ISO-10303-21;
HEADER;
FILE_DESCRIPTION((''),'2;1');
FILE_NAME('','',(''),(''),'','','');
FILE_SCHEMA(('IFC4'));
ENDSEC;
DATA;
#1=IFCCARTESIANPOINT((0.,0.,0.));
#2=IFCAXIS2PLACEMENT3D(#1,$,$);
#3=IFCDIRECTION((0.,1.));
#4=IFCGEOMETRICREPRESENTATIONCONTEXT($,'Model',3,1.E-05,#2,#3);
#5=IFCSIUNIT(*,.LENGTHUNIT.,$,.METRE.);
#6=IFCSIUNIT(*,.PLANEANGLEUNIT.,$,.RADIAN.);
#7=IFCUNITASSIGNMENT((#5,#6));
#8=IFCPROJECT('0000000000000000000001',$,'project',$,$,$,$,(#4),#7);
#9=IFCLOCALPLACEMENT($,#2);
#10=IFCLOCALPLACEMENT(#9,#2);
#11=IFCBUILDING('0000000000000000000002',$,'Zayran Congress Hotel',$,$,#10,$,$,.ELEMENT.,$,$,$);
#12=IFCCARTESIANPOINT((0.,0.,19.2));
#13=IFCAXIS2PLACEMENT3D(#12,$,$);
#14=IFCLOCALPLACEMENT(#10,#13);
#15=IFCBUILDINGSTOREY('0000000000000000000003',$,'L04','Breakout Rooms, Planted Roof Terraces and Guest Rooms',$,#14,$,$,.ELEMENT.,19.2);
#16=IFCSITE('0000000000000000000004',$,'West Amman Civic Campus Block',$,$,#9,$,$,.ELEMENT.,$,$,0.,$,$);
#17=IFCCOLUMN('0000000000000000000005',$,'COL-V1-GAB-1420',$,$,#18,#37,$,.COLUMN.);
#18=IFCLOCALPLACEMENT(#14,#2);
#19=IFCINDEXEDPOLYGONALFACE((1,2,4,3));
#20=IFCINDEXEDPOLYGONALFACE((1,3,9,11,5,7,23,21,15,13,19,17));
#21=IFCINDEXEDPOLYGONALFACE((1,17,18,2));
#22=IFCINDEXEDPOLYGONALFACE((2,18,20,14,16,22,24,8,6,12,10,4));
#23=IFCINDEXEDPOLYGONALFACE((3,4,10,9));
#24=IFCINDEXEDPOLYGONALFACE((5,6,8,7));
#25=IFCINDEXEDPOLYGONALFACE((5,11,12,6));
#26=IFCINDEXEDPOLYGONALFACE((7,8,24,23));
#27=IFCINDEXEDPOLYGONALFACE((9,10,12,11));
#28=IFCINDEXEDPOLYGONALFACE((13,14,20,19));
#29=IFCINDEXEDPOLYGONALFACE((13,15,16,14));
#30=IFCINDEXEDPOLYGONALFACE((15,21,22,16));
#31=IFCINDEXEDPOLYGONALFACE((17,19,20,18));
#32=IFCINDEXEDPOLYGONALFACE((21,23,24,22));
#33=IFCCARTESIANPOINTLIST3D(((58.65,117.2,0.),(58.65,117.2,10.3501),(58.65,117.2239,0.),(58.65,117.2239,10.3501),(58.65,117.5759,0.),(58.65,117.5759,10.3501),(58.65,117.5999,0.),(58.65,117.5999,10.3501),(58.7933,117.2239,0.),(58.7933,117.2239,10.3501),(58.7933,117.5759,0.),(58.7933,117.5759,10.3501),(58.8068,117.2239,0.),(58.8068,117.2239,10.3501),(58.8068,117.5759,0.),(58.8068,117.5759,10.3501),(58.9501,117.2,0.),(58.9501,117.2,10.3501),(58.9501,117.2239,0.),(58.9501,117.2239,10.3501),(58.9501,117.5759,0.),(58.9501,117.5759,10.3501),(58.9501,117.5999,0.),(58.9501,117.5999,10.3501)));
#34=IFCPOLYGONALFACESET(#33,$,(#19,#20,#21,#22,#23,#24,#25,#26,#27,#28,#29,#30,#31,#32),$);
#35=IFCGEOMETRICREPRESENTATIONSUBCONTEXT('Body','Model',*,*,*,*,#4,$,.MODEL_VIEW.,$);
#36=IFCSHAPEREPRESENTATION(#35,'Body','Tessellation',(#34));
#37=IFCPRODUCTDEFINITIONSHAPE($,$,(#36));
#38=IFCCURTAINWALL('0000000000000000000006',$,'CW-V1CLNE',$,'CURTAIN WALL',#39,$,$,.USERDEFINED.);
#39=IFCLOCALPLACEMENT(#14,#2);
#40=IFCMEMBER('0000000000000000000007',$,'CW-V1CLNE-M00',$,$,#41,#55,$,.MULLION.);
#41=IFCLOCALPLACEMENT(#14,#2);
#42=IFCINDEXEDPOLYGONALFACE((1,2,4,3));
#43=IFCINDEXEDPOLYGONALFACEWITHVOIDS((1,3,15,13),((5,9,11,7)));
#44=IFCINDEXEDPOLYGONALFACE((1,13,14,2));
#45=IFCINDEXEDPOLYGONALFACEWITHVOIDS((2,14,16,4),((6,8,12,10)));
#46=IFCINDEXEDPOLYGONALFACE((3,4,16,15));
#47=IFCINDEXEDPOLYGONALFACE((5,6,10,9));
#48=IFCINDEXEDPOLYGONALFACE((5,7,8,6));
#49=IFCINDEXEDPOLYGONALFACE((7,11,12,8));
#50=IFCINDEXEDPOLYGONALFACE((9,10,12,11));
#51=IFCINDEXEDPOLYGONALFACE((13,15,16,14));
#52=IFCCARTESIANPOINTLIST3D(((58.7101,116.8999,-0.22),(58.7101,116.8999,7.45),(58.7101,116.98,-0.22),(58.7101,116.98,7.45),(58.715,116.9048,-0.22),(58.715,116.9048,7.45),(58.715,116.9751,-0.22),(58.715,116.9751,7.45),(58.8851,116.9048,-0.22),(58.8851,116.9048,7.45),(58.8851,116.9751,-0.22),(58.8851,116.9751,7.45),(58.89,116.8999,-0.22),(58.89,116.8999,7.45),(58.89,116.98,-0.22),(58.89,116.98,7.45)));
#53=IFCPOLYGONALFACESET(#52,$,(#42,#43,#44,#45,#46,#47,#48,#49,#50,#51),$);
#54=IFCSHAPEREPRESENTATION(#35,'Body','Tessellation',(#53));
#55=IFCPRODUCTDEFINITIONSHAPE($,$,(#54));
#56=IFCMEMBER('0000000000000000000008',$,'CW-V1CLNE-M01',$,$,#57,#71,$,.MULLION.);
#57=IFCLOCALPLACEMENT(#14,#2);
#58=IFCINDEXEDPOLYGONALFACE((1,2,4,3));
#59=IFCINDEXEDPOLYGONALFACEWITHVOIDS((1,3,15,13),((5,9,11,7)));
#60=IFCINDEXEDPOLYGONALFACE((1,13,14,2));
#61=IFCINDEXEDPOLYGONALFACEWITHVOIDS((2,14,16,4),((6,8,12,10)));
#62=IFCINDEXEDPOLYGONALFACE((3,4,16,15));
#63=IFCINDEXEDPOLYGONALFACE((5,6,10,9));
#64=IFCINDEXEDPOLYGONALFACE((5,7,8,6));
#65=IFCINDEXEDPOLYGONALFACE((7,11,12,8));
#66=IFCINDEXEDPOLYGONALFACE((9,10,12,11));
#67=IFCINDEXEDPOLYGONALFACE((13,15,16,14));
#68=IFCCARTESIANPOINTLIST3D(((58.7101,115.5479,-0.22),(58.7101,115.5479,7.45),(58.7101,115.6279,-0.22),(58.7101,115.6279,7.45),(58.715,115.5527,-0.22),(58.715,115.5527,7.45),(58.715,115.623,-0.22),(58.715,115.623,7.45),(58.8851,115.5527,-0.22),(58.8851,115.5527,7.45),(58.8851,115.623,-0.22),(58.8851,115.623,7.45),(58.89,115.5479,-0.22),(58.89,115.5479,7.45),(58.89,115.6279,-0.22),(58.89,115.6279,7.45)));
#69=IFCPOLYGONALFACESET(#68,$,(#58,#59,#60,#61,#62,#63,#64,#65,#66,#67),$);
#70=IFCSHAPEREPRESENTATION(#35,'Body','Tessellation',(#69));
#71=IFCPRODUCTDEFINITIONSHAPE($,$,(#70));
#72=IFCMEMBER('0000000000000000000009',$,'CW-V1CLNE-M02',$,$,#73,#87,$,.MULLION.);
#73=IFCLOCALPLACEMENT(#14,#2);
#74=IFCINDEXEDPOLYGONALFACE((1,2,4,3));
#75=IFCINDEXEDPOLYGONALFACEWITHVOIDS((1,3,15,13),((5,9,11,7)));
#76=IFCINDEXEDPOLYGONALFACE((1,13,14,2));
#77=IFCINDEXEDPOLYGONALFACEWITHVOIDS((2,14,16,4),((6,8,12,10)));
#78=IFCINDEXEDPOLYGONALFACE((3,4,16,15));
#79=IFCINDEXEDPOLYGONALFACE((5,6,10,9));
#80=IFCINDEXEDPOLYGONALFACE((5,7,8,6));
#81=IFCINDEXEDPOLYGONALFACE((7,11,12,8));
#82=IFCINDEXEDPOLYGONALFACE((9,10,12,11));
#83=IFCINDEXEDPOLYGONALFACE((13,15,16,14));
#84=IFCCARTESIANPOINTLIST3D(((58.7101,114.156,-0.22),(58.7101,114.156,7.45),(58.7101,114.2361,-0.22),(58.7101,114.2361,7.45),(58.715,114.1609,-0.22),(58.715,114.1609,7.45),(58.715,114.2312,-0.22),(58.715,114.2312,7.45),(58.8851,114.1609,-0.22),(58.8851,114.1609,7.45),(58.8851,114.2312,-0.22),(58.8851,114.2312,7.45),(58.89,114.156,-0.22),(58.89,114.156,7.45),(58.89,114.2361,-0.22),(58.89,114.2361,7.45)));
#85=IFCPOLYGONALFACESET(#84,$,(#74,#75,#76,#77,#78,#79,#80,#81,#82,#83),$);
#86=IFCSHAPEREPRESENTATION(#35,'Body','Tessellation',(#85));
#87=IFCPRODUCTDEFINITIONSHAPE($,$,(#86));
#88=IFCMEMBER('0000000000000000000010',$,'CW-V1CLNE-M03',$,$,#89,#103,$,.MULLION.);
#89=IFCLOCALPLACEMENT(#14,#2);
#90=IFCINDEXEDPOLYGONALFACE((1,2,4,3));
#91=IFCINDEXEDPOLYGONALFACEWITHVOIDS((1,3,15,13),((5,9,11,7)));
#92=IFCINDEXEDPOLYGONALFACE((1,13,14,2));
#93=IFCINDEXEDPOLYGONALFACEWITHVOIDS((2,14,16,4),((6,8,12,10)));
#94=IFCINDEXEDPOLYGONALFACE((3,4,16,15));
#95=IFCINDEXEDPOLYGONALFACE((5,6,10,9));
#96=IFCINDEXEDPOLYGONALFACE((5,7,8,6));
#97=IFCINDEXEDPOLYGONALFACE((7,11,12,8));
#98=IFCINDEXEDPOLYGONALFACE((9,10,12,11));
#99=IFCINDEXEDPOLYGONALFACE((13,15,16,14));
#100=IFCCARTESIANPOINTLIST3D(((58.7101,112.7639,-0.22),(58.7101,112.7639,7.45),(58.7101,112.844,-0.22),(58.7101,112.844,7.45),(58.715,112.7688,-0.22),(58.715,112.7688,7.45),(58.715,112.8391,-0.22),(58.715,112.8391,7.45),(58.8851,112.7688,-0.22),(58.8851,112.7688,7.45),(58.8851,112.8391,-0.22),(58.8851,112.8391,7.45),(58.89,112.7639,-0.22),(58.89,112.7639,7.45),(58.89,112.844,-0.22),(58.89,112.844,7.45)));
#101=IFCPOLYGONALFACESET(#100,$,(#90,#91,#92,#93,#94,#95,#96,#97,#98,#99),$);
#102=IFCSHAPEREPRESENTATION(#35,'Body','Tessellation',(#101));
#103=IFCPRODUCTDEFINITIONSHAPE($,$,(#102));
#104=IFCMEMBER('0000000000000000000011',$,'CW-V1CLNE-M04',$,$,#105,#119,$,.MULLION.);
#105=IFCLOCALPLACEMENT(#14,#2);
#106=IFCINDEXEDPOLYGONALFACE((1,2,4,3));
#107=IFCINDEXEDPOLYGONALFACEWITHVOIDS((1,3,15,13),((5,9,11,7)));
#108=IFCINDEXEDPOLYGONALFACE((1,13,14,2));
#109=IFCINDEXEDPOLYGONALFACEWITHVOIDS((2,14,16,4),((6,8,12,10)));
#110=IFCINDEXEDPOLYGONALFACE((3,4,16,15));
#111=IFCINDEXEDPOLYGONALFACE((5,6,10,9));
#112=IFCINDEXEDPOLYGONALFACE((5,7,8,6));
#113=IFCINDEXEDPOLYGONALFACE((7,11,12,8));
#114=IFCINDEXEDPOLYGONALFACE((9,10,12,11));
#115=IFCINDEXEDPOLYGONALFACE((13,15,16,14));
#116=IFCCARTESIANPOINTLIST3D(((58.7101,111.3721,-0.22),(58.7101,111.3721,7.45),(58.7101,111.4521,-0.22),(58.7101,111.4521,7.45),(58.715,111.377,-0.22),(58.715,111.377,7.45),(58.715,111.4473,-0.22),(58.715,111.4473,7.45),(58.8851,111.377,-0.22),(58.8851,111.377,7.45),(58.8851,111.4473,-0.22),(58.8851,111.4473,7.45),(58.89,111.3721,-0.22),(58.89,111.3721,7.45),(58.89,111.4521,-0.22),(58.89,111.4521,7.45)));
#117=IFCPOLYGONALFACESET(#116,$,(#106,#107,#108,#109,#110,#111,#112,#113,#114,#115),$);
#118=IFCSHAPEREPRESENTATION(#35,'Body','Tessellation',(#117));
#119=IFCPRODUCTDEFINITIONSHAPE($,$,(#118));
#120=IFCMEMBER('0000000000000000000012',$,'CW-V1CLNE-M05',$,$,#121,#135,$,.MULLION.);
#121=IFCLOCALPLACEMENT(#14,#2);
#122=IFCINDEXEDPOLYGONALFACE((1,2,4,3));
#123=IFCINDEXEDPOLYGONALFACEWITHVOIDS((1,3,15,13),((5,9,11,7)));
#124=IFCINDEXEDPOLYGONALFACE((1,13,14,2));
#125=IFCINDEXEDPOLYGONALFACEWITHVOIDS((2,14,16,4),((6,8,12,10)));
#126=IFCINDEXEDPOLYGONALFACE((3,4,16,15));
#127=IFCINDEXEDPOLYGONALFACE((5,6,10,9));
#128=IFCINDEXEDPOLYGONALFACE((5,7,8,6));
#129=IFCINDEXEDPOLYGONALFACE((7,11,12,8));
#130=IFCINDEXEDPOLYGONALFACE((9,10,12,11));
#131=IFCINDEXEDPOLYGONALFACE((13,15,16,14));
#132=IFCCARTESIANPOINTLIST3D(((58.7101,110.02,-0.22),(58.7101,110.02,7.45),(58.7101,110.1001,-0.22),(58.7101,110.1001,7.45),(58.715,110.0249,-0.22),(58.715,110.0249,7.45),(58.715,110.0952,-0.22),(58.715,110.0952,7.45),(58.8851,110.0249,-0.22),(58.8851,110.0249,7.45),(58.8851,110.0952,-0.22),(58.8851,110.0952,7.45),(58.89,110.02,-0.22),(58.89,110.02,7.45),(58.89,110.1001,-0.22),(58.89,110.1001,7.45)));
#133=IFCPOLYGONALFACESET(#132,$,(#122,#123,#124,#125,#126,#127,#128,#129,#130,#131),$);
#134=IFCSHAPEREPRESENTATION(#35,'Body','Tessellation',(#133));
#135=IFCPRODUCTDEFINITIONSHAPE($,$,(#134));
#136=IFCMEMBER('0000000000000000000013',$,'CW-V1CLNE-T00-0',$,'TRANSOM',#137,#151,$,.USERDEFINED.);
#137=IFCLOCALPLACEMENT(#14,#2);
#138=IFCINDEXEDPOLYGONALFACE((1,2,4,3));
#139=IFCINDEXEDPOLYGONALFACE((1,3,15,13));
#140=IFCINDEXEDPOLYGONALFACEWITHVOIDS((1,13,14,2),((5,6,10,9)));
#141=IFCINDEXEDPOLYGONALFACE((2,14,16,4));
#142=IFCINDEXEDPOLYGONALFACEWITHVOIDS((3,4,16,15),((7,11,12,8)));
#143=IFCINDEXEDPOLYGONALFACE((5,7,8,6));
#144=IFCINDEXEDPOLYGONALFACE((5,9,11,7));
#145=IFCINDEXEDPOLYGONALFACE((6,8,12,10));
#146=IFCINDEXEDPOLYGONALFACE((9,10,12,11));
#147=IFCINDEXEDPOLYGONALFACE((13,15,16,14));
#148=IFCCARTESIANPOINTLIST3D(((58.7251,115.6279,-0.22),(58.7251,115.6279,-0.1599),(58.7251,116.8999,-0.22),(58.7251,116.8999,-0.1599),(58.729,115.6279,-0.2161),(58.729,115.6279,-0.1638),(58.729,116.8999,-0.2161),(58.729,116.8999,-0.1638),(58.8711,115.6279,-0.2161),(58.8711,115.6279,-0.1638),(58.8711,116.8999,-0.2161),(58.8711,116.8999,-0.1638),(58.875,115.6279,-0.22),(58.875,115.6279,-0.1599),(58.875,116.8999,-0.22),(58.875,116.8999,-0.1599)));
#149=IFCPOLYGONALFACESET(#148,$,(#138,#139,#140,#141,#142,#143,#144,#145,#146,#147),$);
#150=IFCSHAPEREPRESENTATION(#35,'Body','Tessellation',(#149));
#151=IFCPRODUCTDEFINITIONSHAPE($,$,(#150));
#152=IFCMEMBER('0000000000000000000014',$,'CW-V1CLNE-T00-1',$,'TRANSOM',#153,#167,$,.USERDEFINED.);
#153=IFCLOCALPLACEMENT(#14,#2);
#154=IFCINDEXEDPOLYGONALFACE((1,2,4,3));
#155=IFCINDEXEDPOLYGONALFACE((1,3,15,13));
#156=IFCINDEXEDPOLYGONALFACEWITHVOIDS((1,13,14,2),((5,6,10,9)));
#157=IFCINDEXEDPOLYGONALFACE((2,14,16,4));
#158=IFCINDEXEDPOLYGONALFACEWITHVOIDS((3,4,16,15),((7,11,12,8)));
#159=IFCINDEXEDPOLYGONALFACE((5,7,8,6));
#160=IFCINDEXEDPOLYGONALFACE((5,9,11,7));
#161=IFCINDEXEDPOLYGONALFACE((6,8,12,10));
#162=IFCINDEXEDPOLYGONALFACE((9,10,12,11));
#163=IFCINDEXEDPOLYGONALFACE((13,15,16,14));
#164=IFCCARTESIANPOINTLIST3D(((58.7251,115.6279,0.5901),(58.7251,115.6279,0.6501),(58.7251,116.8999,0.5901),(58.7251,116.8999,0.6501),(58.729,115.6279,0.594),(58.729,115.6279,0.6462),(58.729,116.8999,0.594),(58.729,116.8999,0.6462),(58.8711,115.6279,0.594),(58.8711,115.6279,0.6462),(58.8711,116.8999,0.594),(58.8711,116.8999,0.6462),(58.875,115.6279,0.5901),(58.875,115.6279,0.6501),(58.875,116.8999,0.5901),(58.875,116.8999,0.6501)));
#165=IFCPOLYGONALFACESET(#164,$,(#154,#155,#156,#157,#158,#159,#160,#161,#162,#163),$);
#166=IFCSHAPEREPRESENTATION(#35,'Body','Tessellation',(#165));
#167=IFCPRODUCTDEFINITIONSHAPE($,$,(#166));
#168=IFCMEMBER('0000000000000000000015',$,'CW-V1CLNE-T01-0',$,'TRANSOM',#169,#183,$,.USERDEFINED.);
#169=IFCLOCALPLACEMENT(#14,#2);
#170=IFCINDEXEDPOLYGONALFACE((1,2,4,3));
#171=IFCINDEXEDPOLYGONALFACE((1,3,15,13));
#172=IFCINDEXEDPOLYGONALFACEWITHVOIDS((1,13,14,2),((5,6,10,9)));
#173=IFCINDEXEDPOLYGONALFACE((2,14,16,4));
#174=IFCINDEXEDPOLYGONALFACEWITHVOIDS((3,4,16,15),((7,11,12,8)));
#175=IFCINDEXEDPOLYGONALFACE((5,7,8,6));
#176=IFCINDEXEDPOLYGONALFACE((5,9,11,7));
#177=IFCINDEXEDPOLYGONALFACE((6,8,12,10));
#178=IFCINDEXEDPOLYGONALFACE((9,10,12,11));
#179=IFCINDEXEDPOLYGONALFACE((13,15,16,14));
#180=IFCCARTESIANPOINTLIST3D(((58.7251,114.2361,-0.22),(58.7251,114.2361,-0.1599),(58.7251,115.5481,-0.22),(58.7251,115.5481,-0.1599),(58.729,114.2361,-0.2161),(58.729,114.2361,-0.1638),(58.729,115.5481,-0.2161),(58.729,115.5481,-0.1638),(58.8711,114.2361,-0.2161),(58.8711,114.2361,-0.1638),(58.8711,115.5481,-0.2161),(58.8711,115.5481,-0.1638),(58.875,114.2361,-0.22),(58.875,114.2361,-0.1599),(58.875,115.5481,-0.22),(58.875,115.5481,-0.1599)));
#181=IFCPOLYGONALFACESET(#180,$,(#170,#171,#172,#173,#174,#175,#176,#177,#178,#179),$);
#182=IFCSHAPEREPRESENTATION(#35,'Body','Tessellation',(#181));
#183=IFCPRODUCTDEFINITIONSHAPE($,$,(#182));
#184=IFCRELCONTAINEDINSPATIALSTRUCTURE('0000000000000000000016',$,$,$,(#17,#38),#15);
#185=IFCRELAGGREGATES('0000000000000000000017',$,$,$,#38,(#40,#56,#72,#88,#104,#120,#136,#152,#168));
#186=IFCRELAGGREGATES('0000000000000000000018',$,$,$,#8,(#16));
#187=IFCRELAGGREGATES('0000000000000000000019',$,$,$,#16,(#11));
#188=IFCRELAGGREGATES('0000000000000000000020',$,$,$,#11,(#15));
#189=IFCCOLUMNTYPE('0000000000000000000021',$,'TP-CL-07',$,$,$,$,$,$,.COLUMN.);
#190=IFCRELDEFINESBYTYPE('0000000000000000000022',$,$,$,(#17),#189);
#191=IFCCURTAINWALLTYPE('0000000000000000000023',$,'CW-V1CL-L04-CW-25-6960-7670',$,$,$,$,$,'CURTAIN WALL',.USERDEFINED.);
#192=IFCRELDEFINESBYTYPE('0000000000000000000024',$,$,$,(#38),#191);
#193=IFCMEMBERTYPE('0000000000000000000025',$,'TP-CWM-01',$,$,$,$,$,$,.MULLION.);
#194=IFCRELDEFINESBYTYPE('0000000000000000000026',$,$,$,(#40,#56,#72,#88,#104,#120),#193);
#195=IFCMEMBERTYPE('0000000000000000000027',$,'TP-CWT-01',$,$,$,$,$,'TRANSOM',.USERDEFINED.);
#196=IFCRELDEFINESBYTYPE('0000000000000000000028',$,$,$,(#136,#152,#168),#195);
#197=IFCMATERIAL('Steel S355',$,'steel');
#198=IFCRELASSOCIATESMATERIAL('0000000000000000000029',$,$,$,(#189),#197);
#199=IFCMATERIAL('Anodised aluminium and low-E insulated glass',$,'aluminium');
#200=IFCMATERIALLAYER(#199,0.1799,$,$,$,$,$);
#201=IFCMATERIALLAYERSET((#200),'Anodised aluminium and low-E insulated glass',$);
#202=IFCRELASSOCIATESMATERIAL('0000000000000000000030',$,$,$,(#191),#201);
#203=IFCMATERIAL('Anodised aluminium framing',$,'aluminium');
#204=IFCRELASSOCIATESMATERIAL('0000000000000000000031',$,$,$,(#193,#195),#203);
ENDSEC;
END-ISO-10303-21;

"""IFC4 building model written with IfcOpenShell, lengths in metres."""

from ifc_helpers import new_model, si_unit, direction, frame, origin, origin_2d, place, context, subcontext, project, spatial, hollow_rectangle, i_section, extrude, material, layer, layer_set, material_profile, profile_set, type_object, element, aggregate, save


model = new_model("IFC4")

# Units and contexts
model_context = context("Model", 3, precision=1e-05, world=origin(), true_north=direction((0.0, 1.0)))
body_context = subcontext(model_context, "Body", "Model", "MODEL_VIEW")
ifc_project = project(units=[si_unit("LENGTHUNIT", "METRE"), si_unit("PLANEANGLEUNIT", "RADIAN")], contexts=[model_context])

# Site, building, storey
site_placement = place(None, origin())
site = spatial("IfcSite", under=ifc_project, at=site_placement, Name="West Amman Civic Campus Block", CompositionType="ELEMENT", RefElevation=0.0)
building_placement = place(site_placement, origin())
building = spatial("IfcBuilding", under=site, at=building_placement, Name="Zayran Congress Hotel", CompositionType="ELEMENT")
storey_placement = place(building_placement, frame((0.0, 0.0, 19.2)))
storey = spatial("IfcBuildingStorey", under=building, at=storey_placement, Name="L04", Description="Breakout Rooms, Planted Roof Terraces and Guest Rooms", CompositionType="ELEMENT", Elevation=19.2)

# Column
ifc_material_1 = material(Name="Steel S355", Category="steel")
ifc_material_profile_1 = material_profile(ifc_material_1, i_section(OverallWidth=0.3, OverallDepth=0.3999, WebThickness=0.0134, FlangeThickness=0.0239, at=origin_2d()), Name="HEB 400")
ifc_profile_set_1 = profile_set([ifc_material_profile_1], Name="Steel S355")
column_type = type_object("IfcColumnType", Name="TP-CL-07", PredefinedType="COLUMN", material=ifc_profile_set_1)
column_placement = place(storey_placement, frame((58.8, 117.3999, 0.0), z_axis=(0.0, 0.0, 1.0), x_axis=(1.0, 0.0, 0.0)))
element("IfcColumn", 1, at=column_placement, inside=storey, type_object=column_type, Name="COL-V1-GAB-1420", PredefinedType="COLUMN", context=body_context, shape_type="SweptSolid", body=[
    extrude(i_section(OverallWidth=0.3, OverallDepth=0.3999, WebThickness=0.0134, FlangeThickness=0.0239, at=origin_2d()), origin(), (0.0, 0.0, 1.0), 10.3501),
])

# Curtain wall, members
ifc_material_2 = material(Name="Anodised aluminium and low-E insulated glass", Category="aluminium")
ifc_layer_1 = layer(ifc_material_2, 0.1799)
ifc_layer_set_1 = layer_set([ifc_layer_1], Name="Anodised aluminium and low-E insulated glass")
curtain_wall_type = type_object("IfcCurtainWallType", Name="CW-V1CL-L04-CW-25-6960-7670", ElementType="CURTAIN WALL", PredefinedType="USERDEFINED", material=ifc_layer_set_1)
curtain_wall_placement = place(storey_placement, origin())
curtain_wall = element("IfcCurtainWall", 2, at=curtain_wall_placement, inside=storey, type_object=curtain_wall_type, Name="CW-V1CLNE", ObjectType="CURTAIN WALL", PredefinedType="USERDEFINED")
ifc_material_3 = material(Name="Anodised aluminium framing", Category="aluminium")
ifc_material_profile_2 = material_profile(ifc_material_3, hollow_rectangle(XDim=0.0801, YDim=0.1799, WallThickness=0.0049, at=origin_2d()), Name="RHS 180x80x5")
ifc_profile_set_2 = profile_set([ifc_material_profile_2], Name="Anodised aluminium framing")
member_type_1 = type_object("IfcMemberType", Name="TP-CWM-01", PredefinedType="MULLION", material=ifc_profile_set_2)
member_1_placement = place(storey_placement, frame((58.8, 116.9399, -0.22), z_axis=(0.0, 0.0, 1.0), x_axis=(0.0, 1.0, 0.0)))
member_1 = element("IfcMember", 3, at=member_1_placement, type_object=member_type_1, Name="CW-V1CLNE-M00", PredefinedType="MULLION", context=body_context, shape_type="SweptSolid", body=[
    extrude(hollow_rectangle(XDim=0.0801, YDim=0.1799, WallThickness=0.0049, at=origin_2d()), origin(), (0.0, 0.0, 1.0), 7.6699),
])
member_2_placement = place(storey_placement, frame((58.8, 115.5879, -0.22), z_axis=(0.0, 0.0, 1.0), x_axis=(0.0, 1.0, 0.0)))
member_2 = element("IfcMember", 4, at=member_2_placement, type_object=member_type_1, Name="CW-V1CLNE-M01", PredefinedType="MULLION", context=body_context, shape_type="SweptSolid", body=[
    extrude(hollow_rectangle(XDim=0.0801, YDim=0.1799, WallThickness=0.0049, at=origin_2d()), origin(), (0.0, 0.0, 1.0), 7.6699),
])
member_3_placement = place(storey_placement, frame((58.8, 114.196, -0.22), z_axis=(0.0, 0.0, 1.0), x_axis=(0.0, 1.0, 0.0)))
member_3 = element("IfcMember", 5, at=member_3_placement, type_object=member_type_1, Name="CW-V1CLNE-M02", PredefinedType="MULLION", context=body_context, shape_type="SweptSolid", body=[
    extrude(hollow_rectangle(XDim=0.0801, YDim=0.1799, WallThickness=0.0049, at=origin_2d()), origin(), (0.0, 0.0, 1.0), 7.6699),
])
member_4_placement = place(storey_placement, frame((58.8, 112.804, -0.22), z_axis=(0.0, 0.0, 1.0), x_axis=(0.0, 1.0, 0.0)))
member_4 = element("IfcMember", 6, at=member_4_placement, type_object=member_type_1, Name="CW-V1CLNE-M03", PredefinedType="MULLION", context=body_context, shape_type="SweptSolid", body=[
    extrude(hollow_rectangle(XDim=0.0801, YDim=0.1799, WallThickness=0.0049, at=origin_2d()), origin(), (0.0, 0.0, 1.0), 7.6699),
])
member_5_placement = place(storey_placement, frame((58.8, 111.4121, -0.22), z_axis=(0.0, 0.0, 1.0), x_axis=(0.0, 1.0, 0.0)))
member_5 = element("IfcMember", 7, at=member_5_placement, type_object=member_type_1, Name="CW-V1CLNE-M04", PredefinedType="MULLION", context=body_context, shape_type="SweptSolid", body=[
    extrude(hollow_rectangle(XDim=0.0801, YDim=0.1799, WallThickness=0.0049, at=origin_2d()), origin(), (0.0, 0.0, 1.0), 7.6699),
])
member_6_placement = place(storey_placement, frame((58.8, 110.0601, -0.22), z_axis=(0.0, 0.0, 1.0), x_axis=(0.0, 1.0, 0.0)))
member_6 = element("IfcMember", 8, at=member_6_placement, type_object=member_type_1, Name="CW-V1CLNE-M05", PredefinedType="MULLION", context=body_context, shape_type="SweptSolid", body=[
    extrude(hollow_rectangle(XDim=0.0801, YDim=0.1799, WallThickness=0.0049, at=origin_2d()), origin(), (0.0, 0.0, 1.0), 7.6699),
])
ifc_material_profile_3 = material_profile(ifc_material_3, hollow_rectangle(XDim=0.0601, YDim=0.1499, WallThickness=0.0039, at=origin_2d()), Name="RHS 150x60x4")
ifc_profile_set_3 = profile_set([ifc_material_profile_3], Name="Anodised aluminium framing")
member_type_2 = type_object("IfcMemberType", Name="TP-CWT-01", ElementType="TRANSOM", PredefinedType="USERDEFINED", material=ifc_profile_set_3)
member_7_placement = place(storey_placement, frame((58.8, 116.8999, -0.1899), z_axis=(0.0, -1.0, 0.0), x_axis=(0.0, 0.0, 1.0)))
member_7 = element("IfcMember", 9, at=member_7_placement, type_object=member_type_2, Name="CW-V1CLNE-T00-0", ObjectType="TRANSOM", PredefinedType="USERDEFINED", context=body_context, shape_type="SweptSolid", body=[
    extrude(hollow_rectangle(XDim=0.0601, YDim=0.1499, WallThickness=0.0039, at=origin_2d()), origin(), (0.0, 0.0, 1.0), 1.272),
])
member_8_placement = place(storey_placement, frame((58.8, 116.8999, 0.6201), z_axis=(0.0, -1.0, 0.0), x_axis=(0.0, 0.0, 1.0)))
member_8 = element("IfcMember", 10, at=member_8_placement, type_object=member_type_2, Name="CW-V1CLNE-T00-1", ObjectType="TRANSOM", PredefinedType="USERDEFINED", context=body_context, shape_type="SweptSolid", body=[
    extrude(hollow_rectangle(XDim=0.0601, YDim=0.1499, WallThickness=0.0039, at=origin_2d()), origin(), (0.0, 0.0, 1.0), 1.272),
])
member_9_placement = place(storey_placement, frame((58.8, 115.5481, -0.1899), z_axis=(0.0, -1.0, 0.0), x_axis=(0.0, 0.0, 1.0)))
member_9 = element("IfcMember", 11, at=member_9_placement, type_object=member_type_2, Name="CW-V1CLNE-T01-0", ObjectType="TRANSOM", PredefinedType="USERDEFINED", context=body_context, shape_type="SweptSolid", body=[
    extrude(hollow_rectangle(XDim=0.0601, YDim=0.1499, WallThickness=0.0039, at=origin_2d()), origin(), (0.0, 0.0, 1.0), 1.312),
])
aggregate(curtain_wall, [member_1, member_2, member_3, member_4, member_5, member_6, member_7, member_8, member_9])

save(model, "model.ifc")
